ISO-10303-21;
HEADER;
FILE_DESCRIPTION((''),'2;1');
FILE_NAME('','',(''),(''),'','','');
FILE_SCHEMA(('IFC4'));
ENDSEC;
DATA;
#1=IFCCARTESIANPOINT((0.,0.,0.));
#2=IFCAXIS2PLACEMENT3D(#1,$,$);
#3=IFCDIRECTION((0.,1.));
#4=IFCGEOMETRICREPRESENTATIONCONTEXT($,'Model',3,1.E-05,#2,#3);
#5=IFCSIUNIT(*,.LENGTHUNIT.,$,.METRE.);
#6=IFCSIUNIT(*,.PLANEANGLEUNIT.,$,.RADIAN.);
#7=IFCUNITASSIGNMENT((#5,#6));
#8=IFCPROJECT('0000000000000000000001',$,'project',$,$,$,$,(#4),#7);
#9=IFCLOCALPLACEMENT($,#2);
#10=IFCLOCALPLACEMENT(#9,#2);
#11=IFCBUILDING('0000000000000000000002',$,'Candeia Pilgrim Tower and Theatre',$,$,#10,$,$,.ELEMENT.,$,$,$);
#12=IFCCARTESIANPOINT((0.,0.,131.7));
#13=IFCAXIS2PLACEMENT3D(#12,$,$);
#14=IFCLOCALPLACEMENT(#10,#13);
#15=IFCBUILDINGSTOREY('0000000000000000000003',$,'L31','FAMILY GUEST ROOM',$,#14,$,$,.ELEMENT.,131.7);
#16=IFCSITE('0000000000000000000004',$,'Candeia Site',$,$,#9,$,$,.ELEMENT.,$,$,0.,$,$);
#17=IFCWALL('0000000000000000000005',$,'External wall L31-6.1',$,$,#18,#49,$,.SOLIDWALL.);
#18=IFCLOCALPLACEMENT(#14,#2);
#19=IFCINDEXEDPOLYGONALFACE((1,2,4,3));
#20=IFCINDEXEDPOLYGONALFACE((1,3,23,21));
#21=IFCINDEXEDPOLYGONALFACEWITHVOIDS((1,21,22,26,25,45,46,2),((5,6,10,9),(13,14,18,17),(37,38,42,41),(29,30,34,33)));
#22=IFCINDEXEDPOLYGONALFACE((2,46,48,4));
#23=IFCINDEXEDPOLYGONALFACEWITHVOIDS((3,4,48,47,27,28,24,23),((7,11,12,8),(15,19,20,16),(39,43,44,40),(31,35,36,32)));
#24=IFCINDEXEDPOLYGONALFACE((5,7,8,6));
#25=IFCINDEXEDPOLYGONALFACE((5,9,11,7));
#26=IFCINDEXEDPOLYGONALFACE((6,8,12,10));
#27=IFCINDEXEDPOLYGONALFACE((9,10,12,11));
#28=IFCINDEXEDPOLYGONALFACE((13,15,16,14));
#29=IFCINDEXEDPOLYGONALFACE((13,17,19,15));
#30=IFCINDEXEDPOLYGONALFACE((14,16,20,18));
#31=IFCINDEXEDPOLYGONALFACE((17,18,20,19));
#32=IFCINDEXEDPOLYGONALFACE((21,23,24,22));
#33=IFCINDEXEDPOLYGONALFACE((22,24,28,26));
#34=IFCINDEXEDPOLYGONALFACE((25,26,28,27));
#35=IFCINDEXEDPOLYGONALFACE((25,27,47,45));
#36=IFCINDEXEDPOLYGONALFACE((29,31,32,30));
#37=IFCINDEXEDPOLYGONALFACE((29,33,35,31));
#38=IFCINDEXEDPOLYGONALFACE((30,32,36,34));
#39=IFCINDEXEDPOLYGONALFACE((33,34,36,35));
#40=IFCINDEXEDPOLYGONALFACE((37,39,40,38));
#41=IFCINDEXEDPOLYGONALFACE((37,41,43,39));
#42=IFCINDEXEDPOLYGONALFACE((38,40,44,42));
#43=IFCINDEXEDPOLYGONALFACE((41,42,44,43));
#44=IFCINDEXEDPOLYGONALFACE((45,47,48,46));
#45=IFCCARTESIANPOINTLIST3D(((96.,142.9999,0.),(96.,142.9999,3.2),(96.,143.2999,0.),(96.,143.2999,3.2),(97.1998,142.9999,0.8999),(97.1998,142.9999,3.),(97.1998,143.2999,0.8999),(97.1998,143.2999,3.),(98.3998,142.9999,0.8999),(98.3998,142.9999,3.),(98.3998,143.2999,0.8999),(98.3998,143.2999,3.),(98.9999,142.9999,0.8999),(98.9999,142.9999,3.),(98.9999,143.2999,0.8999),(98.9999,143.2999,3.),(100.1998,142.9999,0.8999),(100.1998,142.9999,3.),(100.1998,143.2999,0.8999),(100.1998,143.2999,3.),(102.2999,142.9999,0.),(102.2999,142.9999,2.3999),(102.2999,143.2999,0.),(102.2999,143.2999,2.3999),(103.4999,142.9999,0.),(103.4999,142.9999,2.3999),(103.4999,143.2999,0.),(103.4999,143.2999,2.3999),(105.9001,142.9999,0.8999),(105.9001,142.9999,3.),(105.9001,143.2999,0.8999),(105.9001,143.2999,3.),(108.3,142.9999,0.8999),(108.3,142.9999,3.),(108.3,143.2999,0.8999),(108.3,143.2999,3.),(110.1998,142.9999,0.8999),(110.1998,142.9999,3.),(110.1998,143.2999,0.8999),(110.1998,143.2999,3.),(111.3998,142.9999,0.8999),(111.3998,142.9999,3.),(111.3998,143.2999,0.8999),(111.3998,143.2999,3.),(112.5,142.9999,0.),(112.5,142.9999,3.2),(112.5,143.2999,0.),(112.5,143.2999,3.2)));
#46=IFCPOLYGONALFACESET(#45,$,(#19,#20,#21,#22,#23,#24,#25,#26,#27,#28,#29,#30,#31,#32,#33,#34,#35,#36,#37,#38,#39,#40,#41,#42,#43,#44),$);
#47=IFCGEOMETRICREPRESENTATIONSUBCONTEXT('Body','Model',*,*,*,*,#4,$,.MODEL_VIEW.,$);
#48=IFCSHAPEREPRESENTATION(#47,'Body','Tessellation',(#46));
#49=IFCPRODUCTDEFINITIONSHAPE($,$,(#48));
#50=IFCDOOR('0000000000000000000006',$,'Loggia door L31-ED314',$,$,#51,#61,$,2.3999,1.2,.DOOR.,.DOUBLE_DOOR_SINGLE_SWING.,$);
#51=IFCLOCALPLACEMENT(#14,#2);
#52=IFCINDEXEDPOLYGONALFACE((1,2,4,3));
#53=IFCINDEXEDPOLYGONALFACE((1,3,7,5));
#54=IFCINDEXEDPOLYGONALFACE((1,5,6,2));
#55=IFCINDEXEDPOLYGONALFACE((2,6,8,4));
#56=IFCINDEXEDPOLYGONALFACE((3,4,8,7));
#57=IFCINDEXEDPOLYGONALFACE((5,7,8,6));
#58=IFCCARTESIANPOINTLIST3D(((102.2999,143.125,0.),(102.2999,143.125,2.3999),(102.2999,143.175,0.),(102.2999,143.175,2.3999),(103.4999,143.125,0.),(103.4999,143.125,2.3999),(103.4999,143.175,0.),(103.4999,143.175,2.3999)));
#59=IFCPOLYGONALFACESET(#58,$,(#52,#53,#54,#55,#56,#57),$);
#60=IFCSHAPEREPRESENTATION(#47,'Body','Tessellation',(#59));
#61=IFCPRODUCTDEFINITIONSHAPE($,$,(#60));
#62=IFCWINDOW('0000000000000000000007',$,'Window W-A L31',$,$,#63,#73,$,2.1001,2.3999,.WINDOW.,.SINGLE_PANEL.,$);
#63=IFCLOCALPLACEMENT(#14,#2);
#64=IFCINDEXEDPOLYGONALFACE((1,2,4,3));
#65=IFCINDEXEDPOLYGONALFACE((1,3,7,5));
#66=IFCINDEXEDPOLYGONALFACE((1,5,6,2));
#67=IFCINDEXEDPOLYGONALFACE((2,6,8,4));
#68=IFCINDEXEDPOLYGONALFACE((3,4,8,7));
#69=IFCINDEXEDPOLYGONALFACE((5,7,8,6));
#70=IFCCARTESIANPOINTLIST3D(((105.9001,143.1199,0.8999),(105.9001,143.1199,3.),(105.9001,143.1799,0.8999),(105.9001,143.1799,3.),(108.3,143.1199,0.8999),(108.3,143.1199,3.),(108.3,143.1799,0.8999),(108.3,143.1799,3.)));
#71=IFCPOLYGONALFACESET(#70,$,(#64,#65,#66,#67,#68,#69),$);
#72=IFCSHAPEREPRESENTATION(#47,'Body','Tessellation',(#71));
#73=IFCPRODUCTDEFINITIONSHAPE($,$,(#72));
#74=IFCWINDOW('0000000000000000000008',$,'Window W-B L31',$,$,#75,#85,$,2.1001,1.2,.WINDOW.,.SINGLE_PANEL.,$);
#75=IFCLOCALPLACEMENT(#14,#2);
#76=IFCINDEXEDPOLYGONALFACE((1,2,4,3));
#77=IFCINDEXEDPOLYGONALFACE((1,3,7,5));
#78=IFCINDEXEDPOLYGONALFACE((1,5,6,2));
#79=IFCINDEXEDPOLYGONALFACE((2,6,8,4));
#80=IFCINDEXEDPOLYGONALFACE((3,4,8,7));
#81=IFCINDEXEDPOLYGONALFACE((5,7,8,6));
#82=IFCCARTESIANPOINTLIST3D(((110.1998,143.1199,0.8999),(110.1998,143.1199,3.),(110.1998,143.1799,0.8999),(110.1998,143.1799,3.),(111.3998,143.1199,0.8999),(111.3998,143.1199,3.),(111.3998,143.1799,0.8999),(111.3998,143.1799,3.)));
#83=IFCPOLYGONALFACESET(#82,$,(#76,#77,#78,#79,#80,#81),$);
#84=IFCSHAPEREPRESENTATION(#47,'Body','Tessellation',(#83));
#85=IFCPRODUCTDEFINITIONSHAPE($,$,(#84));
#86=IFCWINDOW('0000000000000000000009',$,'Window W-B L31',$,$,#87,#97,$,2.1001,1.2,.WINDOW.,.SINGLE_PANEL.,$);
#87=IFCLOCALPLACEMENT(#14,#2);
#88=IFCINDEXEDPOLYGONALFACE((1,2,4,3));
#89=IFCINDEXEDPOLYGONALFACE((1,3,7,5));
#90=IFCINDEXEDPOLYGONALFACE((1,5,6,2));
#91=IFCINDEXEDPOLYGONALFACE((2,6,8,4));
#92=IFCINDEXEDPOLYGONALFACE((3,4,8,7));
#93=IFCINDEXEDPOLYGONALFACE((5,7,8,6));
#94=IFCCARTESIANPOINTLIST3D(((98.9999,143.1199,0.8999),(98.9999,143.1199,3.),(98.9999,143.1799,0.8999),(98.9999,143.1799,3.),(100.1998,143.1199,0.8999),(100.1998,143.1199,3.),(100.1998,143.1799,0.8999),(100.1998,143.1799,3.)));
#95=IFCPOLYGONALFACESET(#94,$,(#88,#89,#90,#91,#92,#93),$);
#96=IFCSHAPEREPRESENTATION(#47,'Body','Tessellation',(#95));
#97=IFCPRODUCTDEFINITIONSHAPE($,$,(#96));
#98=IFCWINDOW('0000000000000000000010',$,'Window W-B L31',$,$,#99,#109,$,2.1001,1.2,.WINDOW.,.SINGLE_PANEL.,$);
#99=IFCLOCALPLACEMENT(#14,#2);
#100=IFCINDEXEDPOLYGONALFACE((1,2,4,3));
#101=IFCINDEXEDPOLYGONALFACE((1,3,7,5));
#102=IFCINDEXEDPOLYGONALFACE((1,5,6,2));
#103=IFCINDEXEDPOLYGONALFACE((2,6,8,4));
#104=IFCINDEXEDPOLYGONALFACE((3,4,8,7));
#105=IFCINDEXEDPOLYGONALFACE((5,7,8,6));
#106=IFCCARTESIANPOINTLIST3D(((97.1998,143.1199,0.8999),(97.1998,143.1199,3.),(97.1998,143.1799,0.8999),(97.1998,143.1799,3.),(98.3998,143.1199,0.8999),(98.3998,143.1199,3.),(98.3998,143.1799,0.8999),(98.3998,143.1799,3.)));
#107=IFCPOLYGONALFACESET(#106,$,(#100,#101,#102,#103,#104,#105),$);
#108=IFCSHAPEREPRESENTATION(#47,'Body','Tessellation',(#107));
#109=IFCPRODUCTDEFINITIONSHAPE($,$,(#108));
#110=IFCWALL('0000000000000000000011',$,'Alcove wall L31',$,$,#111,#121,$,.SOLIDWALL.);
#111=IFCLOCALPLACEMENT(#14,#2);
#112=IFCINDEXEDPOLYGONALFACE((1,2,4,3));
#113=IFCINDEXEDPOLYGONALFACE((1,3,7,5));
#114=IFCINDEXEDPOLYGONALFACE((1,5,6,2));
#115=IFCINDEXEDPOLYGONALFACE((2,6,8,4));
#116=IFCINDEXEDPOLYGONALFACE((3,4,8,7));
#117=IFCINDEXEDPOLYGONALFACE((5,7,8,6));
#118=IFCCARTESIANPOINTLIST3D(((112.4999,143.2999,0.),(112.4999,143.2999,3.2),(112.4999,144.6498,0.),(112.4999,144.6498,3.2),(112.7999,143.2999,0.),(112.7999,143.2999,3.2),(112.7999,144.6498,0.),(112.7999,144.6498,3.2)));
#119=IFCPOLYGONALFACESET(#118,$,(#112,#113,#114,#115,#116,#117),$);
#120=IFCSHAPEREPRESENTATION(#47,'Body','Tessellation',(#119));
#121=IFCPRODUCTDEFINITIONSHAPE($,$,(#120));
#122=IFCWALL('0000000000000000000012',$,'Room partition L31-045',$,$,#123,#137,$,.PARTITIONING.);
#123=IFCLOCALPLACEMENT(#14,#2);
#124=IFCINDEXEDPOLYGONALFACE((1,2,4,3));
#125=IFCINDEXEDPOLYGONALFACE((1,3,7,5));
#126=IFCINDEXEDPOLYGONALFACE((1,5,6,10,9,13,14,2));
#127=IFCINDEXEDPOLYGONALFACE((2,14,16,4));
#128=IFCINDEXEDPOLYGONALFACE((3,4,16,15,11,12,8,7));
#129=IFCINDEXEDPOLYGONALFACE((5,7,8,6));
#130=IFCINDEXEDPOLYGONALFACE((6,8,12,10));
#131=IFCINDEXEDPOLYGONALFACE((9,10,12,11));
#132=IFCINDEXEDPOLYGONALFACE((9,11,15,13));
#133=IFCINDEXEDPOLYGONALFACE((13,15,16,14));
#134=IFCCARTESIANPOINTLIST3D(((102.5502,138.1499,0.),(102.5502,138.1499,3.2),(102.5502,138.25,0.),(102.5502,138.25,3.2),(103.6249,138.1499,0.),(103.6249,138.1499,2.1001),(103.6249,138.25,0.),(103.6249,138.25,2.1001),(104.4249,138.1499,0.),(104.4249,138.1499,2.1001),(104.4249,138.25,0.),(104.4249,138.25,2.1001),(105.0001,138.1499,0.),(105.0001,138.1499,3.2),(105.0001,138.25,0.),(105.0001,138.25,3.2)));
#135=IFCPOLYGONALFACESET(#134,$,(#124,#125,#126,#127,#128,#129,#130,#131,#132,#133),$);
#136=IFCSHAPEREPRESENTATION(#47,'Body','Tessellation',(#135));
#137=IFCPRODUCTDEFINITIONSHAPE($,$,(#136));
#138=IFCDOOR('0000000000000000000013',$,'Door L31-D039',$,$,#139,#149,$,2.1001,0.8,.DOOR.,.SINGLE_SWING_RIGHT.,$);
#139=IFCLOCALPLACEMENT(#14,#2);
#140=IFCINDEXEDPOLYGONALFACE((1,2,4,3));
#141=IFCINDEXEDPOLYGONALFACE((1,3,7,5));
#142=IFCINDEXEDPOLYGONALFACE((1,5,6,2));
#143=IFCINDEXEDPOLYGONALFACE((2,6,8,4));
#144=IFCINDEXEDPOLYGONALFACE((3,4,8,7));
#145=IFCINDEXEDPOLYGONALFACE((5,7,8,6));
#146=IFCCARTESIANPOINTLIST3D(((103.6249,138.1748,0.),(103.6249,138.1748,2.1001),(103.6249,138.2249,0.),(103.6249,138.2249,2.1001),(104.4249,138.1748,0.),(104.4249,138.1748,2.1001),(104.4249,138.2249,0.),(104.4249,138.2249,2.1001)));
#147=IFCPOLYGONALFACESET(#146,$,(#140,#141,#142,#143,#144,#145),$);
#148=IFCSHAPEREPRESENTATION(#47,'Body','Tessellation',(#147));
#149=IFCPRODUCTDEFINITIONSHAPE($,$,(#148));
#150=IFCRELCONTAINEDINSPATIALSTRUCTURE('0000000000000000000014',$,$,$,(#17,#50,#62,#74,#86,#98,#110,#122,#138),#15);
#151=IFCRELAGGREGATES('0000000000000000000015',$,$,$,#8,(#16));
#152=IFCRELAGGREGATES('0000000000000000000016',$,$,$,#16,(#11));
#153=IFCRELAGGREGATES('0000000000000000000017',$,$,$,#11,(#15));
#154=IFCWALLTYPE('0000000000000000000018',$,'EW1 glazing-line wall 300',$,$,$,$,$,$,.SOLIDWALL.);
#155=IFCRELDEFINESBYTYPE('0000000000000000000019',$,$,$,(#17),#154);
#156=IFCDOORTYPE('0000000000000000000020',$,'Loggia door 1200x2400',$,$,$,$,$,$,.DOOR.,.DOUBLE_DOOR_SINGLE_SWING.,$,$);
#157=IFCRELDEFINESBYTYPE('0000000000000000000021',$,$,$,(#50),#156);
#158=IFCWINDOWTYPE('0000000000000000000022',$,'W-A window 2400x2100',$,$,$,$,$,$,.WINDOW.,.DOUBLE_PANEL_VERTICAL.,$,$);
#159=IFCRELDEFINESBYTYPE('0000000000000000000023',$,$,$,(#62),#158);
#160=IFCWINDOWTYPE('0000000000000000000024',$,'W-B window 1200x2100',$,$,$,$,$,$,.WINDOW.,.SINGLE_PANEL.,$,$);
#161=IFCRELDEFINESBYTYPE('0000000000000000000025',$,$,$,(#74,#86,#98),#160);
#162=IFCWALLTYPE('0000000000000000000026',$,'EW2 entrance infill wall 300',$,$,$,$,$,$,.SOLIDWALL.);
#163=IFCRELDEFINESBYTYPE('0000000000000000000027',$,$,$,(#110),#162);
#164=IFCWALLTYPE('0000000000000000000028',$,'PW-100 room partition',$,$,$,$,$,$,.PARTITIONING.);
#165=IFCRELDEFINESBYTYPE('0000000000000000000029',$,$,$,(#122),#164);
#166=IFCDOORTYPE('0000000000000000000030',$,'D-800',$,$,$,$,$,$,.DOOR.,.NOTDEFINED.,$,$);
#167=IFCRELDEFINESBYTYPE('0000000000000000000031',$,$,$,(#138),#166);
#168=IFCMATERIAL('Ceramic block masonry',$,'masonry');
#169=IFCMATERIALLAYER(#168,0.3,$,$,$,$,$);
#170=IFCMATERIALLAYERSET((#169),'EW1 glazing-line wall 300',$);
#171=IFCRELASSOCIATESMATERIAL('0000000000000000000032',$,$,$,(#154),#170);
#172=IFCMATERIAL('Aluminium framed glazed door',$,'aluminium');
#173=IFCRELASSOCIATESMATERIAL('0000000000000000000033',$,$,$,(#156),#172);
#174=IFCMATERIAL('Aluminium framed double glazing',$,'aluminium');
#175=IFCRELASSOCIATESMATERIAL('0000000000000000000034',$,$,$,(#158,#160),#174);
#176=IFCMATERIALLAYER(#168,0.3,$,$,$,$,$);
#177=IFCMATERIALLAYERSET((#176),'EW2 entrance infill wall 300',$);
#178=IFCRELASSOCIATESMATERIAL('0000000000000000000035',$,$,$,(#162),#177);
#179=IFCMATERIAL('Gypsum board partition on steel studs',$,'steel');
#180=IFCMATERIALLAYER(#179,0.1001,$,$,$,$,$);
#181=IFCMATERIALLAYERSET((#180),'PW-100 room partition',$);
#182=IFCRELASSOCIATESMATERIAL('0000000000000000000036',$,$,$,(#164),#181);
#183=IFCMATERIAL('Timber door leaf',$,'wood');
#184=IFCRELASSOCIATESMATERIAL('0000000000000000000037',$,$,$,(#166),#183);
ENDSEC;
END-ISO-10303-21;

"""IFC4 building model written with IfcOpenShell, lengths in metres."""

from ifc_helpers import new_model, si_unit, direction, frame, frame_2d, origin, place, context, subcontext, project, spatial, rectangle, extrude, material, layer, layer_set, type_object, element, fill, save


model = new_model("IFC4")

# Units and contexts
model_context = context("Model", 3, precision=1e-05, world=origin(), true_north=direction((0.0, 1.0)))
body_context = subcontext(model_context, "Body", "Model", "MODEL_VIEW")
ifc_project = project(units=[si_unit("LENGTHUNIT", "METRE"), si_unit("PLANEANGLEUNIT", "RADIAN")], contexts=[model_context])

# Site, building, storey
site_placement = place(None, origin())
site = spatial("IfcSite", under=ifc_project, at=site_placement, Name="Candeia Site", CompositionType="ELEMENT", RefElevation=0.0)
building_placement = place(site_placement, origin())
building = spatial("IfcBuilding", under=site, at=building_placement, Name="Candeia Pilgrim Tower and Theatre", CompositionType="ELEMENT")
storey_placement = place(building_placement, frame((0.0, 0.0, 131.7)))
storey = spatial("IfcBuildingStorey", under=building, at=storey_placement, Name="L31", Description="FAMILY GUEST ROOM", CompositionType="ELEMENT", Elevation=131.7)

# Wall, openings, door, windows
ifc_material_1 = material(Name="Ceramic block masonry", Category="masonry")
ifc_layer_1 = layer(ifc_material_1, 0.3)
ifc_layer_set_1 = layer_set([ifc_layer_1], Name="EW1 glazing-line wall 300")
wall_type_1 = type_object("IfcWallType", Name="EW1 glazing-line wall 300", PredefinedType="SOLIDWALL", material=ifc_layer_set_1)
wall_1_placement = place(storey_placement, frame((112.5, 143.1499, 0.0), z_axis=(0.0, 0.0, 1.0), x_axis=(-1.0, 0.0, 0.0)))
wall_1 = element("IfcWall", 1, at=wall_1_placement, inside=storey, type_object=wall_type_1, Name="External wall L31-6.1", PredefinedType="SOLIDWALL", context=body_context, shape_type="SweptSolid", body=[
    extrude(rectangle(XDim=16.5, YDim=0.3, at=frame_2d((8.25, 0.0))), origin(), (0.0, 0.0, 1.0), 3.2),
])
opening_1_placement = place(wall_1_placement, frame((1.1001, 0.0, 0.8999)))
opening_1 = element("IfcOpeningElement", 2, at=opening_1_placement, cuts=wall_1, PredefinedType="OPENING", context=body_context, shape_type="SweptSolid", body=[
    extrude(rectangle(XDim=1.2, YDim=2.1001, at=frame_2d((0.6001, 1.05))), frame((0.0, 0.1602, 0.0), z_axis=(0.0, -1.0, 0.0), x_axis=(1.0, 0.0, 0.0)), (0.0, 0.0, 1.0), 0.3201),
])
opening_2_placement = place(wall_1_placement, frame((4.2, 0.0, 0.8999)))
opening_2 = element("IfcOpeningElement", 3, at=opening_2_placement, cuts=wall_1, PredefinedType="OPENING", context=body_context, shape_type="SweptSolid", body=[
    extrude(rectangle(XDim=2.3999, YDim=2.1001, at=frame_2d((1.2, 1.05))), frame((0.0, 0.1602, 0.0), z_axis=(0.0, -1.0, 0.0), x_axis=(1.0, 0.0, 0.0)), (0.0, 0.0, 1.0), 0.3201),
])
opening_3_placement = place(wall_1_placement, frame((9.0, 0.0, 0.0)))
opening_3 = element("IfcOpeningElement", 4, at=opening_3_placement, cuts=wall_1, PredefinedType="OPENING", context=body_context, shape_type="SweptSolid", body=[
    extrude(rectangle(XDim=1.2, YDim=2.3999, at=frame_2d((0.6001, 1.2))), frame((0.0, 0.1602, 0.0), z_axis=(0.0, -1.0, 0.0), x_axis=(1.0, 0.0, 0.0)), (0.0, 0.0, 1.0), 0.3201),
])
opening_4_placement = place(wall_1_placement, frame((12.3, 0.0, 0.8999)))
opening_4 = element("IfcOpeningElement", 5, at=opening_4_placement, cuts=wall_1, PredefinedType="OPENING", context=body_context, shape_type="SweptSolid", body=[
    extrude(rectangle(XDim=1.2, YDim=2.1001, at=frame_2d((0.6001, 1.05))), frame((0.0, 0.1602, 0.0), z_axis=(0.0, -1.0, 0.0), x_axis=(1.0, 0.0, 0.0)), (0.0, 0.0, 1.0), 0.3201),
])
opening_5_placement = place(wall_1_placement, frame((14.1001, 0.0, 0.8999)))
opening_5 = element("IfcOpeningElement", 6, at=opening_5_placement, cuts=wall_1, PredefinedType="OPENING", context=body_context, shape_type="SweptSolid", body=[
    extrude(rectangle(XDim=1.2, YDim=2.1001, at=frame_2d((0.6001, 1.05))), frame((0.0, 0.1602, 0.0), z_axis=(0.0, -1.0, 0.0), x_axis=(1.0, 0.0, 0.0)), (0.0, 0.0, 1.0), 0.3201),
])
ifc_material_2 = material(Name="Aluminium framed glazed door", Category="aluminium")
door_type_1 = type_object("IfcDoorType", Name="Loggia door 1200x2400", OperationType="DOUBLE_DOOR_SINGLE_SWING", PredefinedType="DOOR", material=ifc_material_2)
door_1_placement = place(opening_3_placement, origin())
door_1 = element("IfcDoor", 7, at=door_1_placement, inside=storey, type_object=door_type_1, Name="Loggia door L31-ED314", OperationType="DOUBLE_DOOR_SINGLE_SWING", OverallHeight=2.3999, OverallWidth=1.2, PredefinedType="DOOR", context=body_context, shape_type="SweptSolid", body=[
    extrude(rectangle(XDim=1.2, YDim=2.3999, at=frame_2d((0.6001, 1.2))), frame((0.0, 0.0249, 0.0), z_axis=(0.0, -1.0, 0.0), x_axis=(1.0, 0.0, 0.0)), (0.0, 0.0, 1.0), 0.05),
])
fill(opening_3, door_1)
ifc_material_3 = material(Name="Aluminium framed double glazing", Category="aluminium")
window_type_1 = type_object("IfcWindowType", Name="W-A window 2400x2100", PartitioningType="DOUBLE_PANEL_VERTICAL", PredefinedType="WINDOW", material=ifc_material_3)
window_1_placement = place(opening_2_placement, origin())
window_1 = element("IfcWindow", 8, at=window_1_placement, inside=storey, type_object=window_type_1, Name="Window W-A L31", OverallHeight=2.1001, OverallWidth=2.3999, PartitioningType="SINGLE_PANEL", PredefinedType="WINDOW", context=body_context, shape_type="SweptSolid", body=[
    extrude(rectangle(XDim=2.3999, YDim=2.1001, at=frame_2d((1.2, 1.05))), frame((0.0, 0.03, 0.0), z_axis=(0.0, -1.0, 0.0), x_axis=(1.0, 0.0, 0.0)), (0.0, 0.0, 1.0), 0.0601),
])
fill(opening_2, window_1)
window_type_2 = type_object("IfcWindowType", Name="W-B window 1200x2100", PartitioningType="SINGLE_PANEL", PredefinedType="WINDOW", material=ifc_material_3)
window_2_placement = place(opening_1_placement, origin())
window_2 = element("IfcWindow", 9, at=window_2_placement, inside=storey, type_object=window_type_2, Name="Window W-B L31", OverallHeight=2.1001, OverallWidth=1.2, PartitioningType="SINGLE_PANEL", PredefinedType="WINDOW", context=body_context, shape_type="SweptSolid", body=[
    extrude(rectangle(XDim=1.2, YDim=2.1001, at=frame_2d((0.6001, 1.05))), frame((0.0, 0.03, 0.0), z_axis=(0.0, -1.0, 0.0), x_axis=(1.0, 0.0, 0.0)), (0.0, 0.0, 1.0), 0.0601),
])
fill(opening_1, window_2)
window_3_placement = place(opening_4_placement, origin())
window_3 = element("IfcWindow", 10, at=window_3_placement, inside=storey, type_object=window_type_2, Name="Window W-B L31", OverallHeight=2.1001, OverallWidth=1.2, PartitioningType="SINGLE_PANEL", PredefinedType="WINDOW", context=body_context, shape_type="SweptSolid", body=[
    extrude(rectangle(XDim=1.2, YDim=2.1001, at=frame_2d((0.6001, 1.05))), frame((0.0, 0.03, 0.0), z_axis=(0.0, -1.0, 0.0), x_axis=(1.0, 0.0, 0.0)), (0.0, 0.0, 1.0), 0.0601),
])
fill(opening_4, window_3)
window_4_placement = place(opening_5_placement, origin())
window_4 = element("IfcWindow", 11, at=window_4_placement, inside=storey, type_object=window_type_2, Name="Window W-B L31", OverallHeight=2.1001, OverallWidth=1.2, PartitioningType="SINGLE_PANEL", PredefinedType="WINDOW", context=body_context, shape_type="SweptSolid", body=[
    extrude(rectangle(XDim=1.2, YDim=2.1001, at=frame_2d((0.6001, 1.05))), frame((0.0, 0.03, 0.0), z_axis=(0.0, -1.0, 0.0), x_axis=(1.0, 0.0, 0.0)), (0.0, 0.0, 1.0), 0.0601),
])
fill(opening_5, window_4)

# Wall
ifc_layer_2 = layer(ifc_material_1, 0.3)
ifc_layer_set_2 = layer_set([ifc_layer_2], Name="EW2 entrance infill wall 300")
wall_type_2 = type_object("IfcWallType", Name="EW2 entrance infill wall 300", PredefinedType="SOLIDWALL", material=ifc_layer_set_2)
wall_2_placement = place(storey_placement, frame((112.6499, 143.3, 0.0), z_axis=(0.0, 0.0, 1.0), x_axis=(0.0, 1.0, 0.0)))
element("IfcWall", 12, at=wall_2_placement, inside=storey, type_object=wall_type_2, Name="Alcove wall L31", PredefinedType="SOLIDWALL", context=body_context, shape_type="SweptSolid", body=[
    extrude(rectangle(XDim=1.3499, YDim=0.3, at=frame_2d((0.6748, 0.0))), origin(), (0.0, 0.0, 1.0), 3.2),
])

# Wall, opening, door
ifc_material_4 = material(Name="Gypsum board partition on steel studs", Category="steel")
ifc_layer_3 = layer(ifc_material_4, 0.1001)
ifc_layer_set_3 = layer_set([ifc_layer_3], Name="PW-100 room partition")
wall_type_3 = type_object("IfcWallType", Name="PW-100 room partition", PredefinedType="PARTITIONING", material=ifc_layer_set_3)
wall_3_placement = place(storey_placement, frame((102.55, 138.2, 0.0), z_axis=(0.0, 0.0, 1.0), x_axis=(1.0, 0.0, 0.0)))
wall_3 = element("IfcWall", 13, at=wall_3_placement, inside=storey, type_object=wall_type_3, Name="Room partition L31-045", PredefinedType="PARTITIONING", context=body_context, shape_type="SweptSolid", body=[
    extrude(rectangle(XDim=2.45, YDim=0.1001, at=frame_2d((1.2251, 0.0))), origin(), (0.0, 0.0, 1.0), 3.2),
])
opening_6_placement = place(wall_3_placement, frame((1.075, 0.0, 0.0)))
opening_6 = element("IfcOpeningElement", 14, at=opening_6_placement, cuts=wall_3, PredefinedType="OPENING", context=body_context, shape_type="SweptSolid", body=[
    extrude(rectangle(XDim=0.8, YDim=2.1001, at=frame_2d((0.3999, 1.05))), frame((0.0, 0.0601, 0.0), z_axis=(0.0, -1.0, 0.0), x_axis=(1.0, 0.0, 0.0)), (0.0, 0.0, 1.0), 0.1201),
])
ifc_material_5 = material(Name="Timber door leaf", Category="wood")
door_type_2 = type_object("IfcDoorType", Name="D-800", OperationType="NOTDEFINED", PredefinedType="DOOR", material=ifc_material_5)
door_2_placement = place(opening_6_placement, origin())
door_2 = element("IfcDoor", 15, at=door_2_placement, inside=storey, type_object=door_type_2, Name="Door L31-D039", OperationType="SINGLE_SWING_RIGHT", OverallHeight=2.1001, OverallWidth=0.8, PredefinedType="DOOR", context=body_context, shape_type="SweptSolid", body=[
    extrude(rectangle(XDim=0.8, YDim=2.1001, at=frame_2d((0.3999, 1.05))), frame((0.0, 0.0249, 0.0), z_axis=(0.0, -1.0, 0.0), x_axis=(1.0, 0.0, 0.0)), (0.0, 0.0, 1.0), 0.05),
])
fill(opening_6, door_2)

save(model, "model.ifc")
